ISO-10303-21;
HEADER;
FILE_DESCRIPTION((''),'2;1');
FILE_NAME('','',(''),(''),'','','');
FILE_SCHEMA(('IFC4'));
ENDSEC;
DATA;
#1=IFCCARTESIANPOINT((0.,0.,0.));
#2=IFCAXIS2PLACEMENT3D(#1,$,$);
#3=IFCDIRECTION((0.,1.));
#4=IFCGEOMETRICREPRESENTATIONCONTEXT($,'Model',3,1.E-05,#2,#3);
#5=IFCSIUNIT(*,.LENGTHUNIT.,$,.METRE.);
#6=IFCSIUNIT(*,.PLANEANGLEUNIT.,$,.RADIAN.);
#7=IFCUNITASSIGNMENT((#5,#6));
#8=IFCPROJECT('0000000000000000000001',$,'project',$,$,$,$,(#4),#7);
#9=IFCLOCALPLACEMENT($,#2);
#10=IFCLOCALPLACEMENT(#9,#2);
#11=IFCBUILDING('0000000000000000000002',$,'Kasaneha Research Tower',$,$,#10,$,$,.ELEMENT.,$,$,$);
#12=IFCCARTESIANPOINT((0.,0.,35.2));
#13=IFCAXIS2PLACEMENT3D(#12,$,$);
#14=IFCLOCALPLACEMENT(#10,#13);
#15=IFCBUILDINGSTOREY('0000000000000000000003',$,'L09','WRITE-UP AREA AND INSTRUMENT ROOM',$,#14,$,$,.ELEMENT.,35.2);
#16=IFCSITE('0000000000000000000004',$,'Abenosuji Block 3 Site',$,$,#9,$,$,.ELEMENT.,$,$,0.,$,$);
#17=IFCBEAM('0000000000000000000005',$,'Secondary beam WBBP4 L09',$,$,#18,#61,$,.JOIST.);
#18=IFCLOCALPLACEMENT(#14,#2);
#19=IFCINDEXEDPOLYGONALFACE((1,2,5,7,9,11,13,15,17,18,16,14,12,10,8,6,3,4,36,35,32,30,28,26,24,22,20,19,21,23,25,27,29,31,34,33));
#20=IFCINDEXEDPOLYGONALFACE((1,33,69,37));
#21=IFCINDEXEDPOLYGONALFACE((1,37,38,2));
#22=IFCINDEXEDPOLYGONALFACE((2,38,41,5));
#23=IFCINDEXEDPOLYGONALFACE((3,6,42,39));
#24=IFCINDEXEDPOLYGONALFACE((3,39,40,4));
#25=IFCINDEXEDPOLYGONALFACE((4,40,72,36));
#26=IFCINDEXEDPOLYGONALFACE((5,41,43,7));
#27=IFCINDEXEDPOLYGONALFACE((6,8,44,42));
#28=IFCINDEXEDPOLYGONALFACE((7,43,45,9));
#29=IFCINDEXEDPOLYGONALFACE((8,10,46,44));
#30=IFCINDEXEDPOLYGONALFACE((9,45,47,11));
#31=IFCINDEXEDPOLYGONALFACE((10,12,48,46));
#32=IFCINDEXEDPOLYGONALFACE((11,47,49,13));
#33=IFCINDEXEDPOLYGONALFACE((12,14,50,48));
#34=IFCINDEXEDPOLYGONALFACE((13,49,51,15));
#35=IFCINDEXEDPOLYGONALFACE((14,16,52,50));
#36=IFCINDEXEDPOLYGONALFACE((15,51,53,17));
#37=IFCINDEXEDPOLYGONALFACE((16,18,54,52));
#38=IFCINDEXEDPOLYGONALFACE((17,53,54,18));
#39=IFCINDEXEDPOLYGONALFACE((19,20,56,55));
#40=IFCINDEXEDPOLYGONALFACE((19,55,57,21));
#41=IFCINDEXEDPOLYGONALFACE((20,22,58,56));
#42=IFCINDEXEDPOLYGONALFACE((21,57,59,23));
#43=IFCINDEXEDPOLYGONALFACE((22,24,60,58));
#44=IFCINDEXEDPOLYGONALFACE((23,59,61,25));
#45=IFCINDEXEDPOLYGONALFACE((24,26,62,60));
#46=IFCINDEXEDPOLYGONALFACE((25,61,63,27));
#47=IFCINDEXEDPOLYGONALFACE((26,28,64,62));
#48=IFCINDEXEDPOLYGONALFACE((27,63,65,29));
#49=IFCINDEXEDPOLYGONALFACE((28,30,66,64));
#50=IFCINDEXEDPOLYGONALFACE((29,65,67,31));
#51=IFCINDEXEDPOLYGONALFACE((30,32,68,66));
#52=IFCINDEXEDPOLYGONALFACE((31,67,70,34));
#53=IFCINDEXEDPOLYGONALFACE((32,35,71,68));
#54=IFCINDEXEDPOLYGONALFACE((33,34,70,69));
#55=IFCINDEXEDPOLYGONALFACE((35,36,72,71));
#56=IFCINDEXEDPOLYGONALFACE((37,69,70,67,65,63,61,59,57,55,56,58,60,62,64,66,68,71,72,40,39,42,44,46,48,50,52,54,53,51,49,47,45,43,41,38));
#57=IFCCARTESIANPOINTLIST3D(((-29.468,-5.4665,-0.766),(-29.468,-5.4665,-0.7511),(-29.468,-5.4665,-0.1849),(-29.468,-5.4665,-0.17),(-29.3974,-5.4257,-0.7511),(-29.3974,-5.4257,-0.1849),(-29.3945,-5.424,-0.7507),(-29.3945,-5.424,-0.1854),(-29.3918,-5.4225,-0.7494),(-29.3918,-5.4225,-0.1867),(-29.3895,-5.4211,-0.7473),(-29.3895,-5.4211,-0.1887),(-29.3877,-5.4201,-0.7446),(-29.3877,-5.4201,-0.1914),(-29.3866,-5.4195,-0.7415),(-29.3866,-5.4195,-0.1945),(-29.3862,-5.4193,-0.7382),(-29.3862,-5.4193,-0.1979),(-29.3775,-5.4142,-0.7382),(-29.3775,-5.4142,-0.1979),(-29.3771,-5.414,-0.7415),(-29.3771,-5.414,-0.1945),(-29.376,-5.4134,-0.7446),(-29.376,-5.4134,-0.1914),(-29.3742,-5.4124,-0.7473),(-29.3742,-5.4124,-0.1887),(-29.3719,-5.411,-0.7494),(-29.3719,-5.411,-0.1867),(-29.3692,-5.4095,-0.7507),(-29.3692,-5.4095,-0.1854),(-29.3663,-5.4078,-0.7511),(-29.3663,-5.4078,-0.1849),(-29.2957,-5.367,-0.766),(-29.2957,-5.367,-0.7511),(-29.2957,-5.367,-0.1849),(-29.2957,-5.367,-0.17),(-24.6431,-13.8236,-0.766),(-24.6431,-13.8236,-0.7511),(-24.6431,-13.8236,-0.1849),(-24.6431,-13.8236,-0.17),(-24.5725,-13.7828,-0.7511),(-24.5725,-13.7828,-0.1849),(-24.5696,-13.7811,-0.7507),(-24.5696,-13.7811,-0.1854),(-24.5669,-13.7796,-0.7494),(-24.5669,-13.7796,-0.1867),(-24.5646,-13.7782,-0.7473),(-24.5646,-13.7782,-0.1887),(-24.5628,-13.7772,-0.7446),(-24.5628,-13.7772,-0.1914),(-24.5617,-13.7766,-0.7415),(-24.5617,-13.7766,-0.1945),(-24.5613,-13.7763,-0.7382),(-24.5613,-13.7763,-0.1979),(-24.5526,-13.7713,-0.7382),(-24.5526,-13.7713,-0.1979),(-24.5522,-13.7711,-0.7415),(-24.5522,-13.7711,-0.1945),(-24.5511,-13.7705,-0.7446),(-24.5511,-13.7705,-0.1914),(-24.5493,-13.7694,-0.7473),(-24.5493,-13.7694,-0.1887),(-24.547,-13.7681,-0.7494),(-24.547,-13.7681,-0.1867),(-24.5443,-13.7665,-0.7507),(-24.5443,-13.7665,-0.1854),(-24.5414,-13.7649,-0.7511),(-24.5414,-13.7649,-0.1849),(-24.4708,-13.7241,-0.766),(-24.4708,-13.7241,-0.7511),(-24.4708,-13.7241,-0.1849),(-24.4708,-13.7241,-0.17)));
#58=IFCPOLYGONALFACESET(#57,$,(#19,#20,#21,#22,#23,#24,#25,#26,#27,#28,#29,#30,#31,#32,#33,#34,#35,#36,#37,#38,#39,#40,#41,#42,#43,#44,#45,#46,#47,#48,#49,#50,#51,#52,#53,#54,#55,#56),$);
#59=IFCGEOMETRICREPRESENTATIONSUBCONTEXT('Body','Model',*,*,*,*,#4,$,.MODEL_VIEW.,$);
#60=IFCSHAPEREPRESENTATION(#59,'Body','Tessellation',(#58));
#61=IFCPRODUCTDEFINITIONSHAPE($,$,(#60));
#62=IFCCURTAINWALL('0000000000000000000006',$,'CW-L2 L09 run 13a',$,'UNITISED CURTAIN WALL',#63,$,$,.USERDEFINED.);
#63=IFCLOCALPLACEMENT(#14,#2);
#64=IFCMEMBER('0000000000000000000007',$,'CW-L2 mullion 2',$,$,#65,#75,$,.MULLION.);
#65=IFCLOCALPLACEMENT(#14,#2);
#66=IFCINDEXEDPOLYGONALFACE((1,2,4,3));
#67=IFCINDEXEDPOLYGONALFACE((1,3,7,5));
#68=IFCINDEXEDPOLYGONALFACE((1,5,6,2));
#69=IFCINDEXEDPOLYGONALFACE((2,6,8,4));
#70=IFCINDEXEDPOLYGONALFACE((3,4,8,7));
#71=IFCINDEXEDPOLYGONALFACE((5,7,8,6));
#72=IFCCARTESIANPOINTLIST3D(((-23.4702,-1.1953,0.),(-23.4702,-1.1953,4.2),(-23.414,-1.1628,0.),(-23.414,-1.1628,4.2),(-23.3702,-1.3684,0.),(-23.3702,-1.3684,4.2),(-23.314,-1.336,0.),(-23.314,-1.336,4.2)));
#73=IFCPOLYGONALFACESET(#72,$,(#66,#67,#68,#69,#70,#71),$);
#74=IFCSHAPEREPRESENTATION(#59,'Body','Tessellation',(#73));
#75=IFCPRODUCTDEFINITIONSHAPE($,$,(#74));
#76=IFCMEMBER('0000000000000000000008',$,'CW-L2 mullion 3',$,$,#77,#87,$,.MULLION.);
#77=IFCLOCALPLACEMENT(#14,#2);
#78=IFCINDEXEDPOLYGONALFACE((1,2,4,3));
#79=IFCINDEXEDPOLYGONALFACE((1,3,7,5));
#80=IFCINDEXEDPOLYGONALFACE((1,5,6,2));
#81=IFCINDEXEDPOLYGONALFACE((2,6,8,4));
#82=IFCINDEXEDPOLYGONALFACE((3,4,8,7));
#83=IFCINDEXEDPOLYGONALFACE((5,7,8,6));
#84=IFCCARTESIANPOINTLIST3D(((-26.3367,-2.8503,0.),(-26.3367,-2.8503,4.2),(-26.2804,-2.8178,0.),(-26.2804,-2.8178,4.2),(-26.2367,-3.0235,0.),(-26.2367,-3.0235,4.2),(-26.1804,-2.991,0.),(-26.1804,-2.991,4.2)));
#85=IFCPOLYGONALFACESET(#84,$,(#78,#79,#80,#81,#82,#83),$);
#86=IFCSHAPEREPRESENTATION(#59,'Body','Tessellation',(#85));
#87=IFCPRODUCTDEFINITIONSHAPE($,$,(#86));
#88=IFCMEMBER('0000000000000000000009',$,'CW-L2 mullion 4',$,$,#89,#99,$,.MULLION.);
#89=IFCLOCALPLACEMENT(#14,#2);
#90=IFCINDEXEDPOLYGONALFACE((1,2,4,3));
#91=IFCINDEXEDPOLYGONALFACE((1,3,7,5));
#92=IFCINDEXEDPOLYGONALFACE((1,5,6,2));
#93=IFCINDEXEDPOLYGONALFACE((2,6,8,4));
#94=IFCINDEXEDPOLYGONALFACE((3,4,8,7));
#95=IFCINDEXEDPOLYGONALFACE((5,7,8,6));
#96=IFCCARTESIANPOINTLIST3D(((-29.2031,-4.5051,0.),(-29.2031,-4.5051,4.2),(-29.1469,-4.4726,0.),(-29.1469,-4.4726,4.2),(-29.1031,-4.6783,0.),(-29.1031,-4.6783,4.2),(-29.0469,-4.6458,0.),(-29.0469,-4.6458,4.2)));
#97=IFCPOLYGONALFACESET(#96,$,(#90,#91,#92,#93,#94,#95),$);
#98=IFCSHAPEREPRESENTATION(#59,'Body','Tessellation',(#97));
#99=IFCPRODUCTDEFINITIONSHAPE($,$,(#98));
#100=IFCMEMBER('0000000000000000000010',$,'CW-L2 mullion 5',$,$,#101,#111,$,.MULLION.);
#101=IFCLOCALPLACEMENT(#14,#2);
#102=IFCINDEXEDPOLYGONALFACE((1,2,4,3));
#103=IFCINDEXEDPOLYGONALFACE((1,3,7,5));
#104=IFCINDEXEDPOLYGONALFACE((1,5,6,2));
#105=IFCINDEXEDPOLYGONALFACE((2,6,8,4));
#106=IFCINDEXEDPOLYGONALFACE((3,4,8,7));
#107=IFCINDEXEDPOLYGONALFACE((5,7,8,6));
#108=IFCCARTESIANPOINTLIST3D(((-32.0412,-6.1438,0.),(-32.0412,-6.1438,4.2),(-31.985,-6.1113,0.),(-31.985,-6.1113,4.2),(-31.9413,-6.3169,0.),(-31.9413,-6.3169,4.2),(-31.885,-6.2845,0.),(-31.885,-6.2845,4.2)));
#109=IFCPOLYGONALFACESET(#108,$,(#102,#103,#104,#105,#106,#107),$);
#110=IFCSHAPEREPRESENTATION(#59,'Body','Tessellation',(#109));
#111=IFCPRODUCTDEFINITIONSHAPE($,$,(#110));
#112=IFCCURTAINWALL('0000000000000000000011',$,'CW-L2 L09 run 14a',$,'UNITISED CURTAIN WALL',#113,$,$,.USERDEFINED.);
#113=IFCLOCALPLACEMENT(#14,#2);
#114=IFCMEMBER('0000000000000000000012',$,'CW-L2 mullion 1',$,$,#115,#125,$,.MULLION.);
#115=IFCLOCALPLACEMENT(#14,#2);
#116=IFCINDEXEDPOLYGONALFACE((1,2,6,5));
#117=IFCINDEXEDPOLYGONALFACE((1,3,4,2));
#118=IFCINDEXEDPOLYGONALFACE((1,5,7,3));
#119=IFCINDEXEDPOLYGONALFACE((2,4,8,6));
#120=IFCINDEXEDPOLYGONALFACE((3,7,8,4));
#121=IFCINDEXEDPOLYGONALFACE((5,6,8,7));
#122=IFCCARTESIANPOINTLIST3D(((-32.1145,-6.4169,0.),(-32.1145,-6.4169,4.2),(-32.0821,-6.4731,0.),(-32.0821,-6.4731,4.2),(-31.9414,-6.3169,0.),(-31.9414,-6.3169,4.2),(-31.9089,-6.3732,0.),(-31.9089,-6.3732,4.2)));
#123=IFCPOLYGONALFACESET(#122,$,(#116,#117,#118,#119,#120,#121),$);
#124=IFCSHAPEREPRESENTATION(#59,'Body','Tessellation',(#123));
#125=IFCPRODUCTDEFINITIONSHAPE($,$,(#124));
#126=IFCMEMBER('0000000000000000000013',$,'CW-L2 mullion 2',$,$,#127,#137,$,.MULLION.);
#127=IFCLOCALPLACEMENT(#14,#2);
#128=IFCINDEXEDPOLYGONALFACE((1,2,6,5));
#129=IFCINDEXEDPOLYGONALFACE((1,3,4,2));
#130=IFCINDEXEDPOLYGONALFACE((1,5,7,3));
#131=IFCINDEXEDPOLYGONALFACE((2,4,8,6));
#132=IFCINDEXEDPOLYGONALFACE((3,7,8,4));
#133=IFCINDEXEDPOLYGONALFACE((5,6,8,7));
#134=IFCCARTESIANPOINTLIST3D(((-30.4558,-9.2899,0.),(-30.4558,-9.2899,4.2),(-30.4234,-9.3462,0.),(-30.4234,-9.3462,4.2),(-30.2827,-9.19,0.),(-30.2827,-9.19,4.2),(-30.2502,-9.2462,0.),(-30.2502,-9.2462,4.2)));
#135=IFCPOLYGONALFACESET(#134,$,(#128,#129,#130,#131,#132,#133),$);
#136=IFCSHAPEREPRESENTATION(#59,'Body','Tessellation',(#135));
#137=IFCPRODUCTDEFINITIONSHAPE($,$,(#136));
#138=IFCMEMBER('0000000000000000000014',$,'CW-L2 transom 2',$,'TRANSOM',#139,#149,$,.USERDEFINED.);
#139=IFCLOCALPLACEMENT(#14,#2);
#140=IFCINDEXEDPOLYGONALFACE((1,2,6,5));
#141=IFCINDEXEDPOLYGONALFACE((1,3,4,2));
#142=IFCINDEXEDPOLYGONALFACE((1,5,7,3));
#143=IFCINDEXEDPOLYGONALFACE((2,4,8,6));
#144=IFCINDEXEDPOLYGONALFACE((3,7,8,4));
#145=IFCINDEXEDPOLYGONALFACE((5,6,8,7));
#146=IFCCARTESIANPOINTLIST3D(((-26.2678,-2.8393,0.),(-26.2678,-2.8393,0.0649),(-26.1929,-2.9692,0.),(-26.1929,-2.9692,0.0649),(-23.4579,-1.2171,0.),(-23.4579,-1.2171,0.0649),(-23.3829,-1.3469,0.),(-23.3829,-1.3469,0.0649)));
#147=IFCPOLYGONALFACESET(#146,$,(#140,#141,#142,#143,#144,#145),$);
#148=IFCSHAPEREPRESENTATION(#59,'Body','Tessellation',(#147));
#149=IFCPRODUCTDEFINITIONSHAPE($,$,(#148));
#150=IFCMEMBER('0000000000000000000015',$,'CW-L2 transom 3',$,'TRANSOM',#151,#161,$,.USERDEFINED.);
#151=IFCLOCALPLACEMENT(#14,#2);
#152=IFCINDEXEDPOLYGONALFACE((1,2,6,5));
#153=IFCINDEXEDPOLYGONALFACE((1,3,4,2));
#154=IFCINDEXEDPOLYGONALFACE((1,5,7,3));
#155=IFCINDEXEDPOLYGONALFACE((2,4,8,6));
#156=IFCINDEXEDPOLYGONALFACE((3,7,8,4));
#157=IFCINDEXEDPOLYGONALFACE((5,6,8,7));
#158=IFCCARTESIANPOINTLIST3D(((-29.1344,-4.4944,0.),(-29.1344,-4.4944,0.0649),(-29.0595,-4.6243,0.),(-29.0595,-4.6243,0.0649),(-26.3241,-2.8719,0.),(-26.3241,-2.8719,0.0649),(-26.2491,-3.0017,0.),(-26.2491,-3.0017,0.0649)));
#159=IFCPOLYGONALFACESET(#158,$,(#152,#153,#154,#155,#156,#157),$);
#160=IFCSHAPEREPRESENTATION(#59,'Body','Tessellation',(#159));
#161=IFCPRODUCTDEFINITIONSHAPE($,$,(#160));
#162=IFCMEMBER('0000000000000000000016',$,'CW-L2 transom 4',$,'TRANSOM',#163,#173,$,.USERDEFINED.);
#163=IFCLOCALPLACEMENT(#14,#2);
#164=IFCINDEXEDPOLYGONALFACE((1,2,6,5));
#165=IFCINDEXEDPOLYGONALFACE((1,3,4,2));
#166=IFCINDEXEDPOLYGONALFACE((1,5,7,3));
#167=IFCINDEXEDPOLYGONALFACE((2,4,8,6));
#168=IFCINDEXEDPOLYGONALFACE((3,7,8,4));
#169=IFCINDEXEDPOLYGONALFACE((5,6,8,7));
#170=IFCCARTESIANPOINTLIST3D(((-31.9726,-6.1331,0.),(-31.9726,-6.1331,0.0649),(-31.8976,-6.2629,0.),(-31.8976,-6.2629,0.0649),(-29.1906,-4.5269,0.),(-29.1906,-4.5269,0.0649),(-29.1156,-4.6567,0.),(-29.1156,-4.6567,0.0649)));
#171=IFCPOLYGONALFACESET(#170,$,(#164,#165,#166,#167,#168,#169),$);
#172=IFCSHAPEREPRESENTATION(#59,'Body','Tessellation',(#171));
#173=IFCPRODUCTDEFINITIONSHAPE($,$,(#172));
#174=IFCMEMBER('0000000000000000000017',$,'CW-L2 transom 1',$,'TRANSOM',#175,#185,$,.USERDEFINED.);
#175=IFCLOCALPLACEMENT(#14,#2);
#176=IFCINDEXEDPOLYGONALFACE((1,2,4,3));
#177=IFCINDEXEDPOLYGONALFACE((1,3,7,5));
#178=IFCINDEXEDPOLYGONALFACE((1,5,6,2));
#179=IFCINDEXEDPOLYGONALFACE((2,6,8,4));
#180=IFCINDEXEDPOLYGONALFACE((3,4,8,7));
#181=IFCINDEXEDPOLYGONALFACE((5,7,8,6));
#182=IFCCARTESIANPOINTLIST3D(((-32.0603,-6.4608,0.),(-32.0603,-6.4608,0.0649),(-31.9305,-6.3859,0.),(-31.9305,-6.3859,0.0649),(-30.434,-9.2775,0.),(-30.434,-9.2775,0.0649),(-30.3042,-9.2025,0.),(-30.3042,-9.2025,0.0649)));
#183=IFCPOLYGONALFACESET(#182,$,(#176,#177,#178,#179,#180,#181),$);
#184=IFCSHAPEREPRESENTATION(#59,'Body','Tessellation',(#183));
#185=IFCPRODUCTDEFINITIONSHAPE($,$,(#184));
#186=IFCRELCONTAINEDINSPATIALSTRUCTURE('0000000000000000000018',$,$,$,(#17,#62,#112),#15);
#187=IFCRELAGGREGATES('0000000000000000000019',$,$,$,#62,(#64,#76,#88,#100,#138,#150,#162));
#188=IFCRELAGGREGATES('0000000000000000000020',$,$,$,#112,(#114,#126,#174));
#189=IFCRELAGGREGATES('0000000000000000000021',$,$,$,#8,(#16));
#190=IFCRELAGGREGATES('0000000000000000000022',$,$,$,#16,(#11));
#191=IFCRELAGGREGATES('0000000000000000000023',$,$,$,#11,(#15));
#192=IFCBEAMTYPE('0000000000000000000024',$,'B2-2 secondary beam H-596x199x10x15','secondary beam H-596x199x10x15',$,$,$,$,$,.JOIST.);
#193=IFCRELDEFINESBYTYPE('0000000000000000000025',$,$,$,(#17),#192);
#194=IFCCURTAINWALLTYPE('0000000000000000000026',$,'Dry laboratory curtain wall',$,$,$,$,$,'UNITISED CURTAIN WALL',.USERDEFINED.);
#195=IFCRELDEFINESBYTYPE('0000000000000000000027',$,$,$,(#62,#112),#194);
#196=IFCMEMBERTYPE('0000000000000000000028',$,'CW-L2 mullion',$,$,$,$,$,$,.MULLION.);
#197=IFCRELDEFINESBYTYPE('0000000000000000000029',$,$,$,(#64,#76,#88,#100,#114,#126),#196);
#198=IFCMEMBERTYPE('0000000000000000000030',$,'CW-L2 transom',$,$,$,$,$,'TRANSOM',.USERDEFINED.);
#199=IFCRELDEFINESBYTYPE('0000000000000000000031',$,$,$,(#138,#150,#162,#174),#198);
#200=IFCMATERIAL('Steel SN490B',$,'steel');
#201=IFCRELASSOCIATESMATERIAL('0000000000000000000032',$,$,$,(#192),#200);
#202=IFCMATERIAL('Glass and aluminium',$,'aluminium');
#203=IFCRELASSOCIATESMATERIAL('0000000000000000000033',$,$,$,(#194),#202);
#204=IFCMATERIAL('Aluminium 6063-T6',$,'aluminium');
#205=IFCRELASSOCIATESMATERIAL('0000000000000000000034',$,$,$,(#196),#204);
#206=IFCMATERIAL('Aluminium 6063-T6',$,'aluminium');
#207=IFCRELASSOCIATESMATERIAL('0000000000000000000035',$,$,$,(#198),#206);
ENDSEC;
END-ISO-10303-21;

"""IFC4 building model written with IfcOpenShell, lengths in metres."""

from ifc_helpers import new_model, si_unit, direction, frame, origin, origin_2d, place, context, subcontext, project, spatial, rectangle, i_section, extrude, material, material_profile, profile_set, type_object, element, aggregate, save


model = new_model("IFC4")

# Units and contexts
model_context = context("Model", 3, precision=1e-05, world=origin(), true_north=direction((0.0, 1.0)))
body_context = subcontext(model_context, "Body", "Model", "MODEL_VIEW")
ifc_project = project(units=[si_unit("LENGTHUNIT", "METRE"), si_unit("PLANEANGLEUNIT", "RADIAN")], contexts=[model_context])

# Site, building, storey
site_placement = place(None, origin())
site = spatial("IfcSite", under=ifc_project, at=site_placement, Name="Abenosuji Block 3 Site", CompositionType="ELEMENT", RefElevation=0.0)
building_placement = place(site_placement, origin())
building = spatial("IfcBuilding", under=site, at=building_placement, Name="Kasaneha Research Tower", CompositionType="ELEMENT")
storey_placement = place(building_placement, frame((0.0, 0.0, 35.2)))
storey = spatial("IfcBuildingStorey", under=building, at=storey_placement, Name="L09", Description="WRITE-UP AREA AND INSTRUMENT ROOM", CompositionType="ELEMENT", Elevation=35.2)

# Beam
ifc_material_1 = material(Name="Steel SN490B", Category="steel")
ifc_material_profile_1 = material_profile(ifc_material_1, i_section(OverallWidth=0.199, OverallDepth=0.5959, WebThickness=0.01, FlangeThickness=0.0149, FilletRadius=0.0129, at=origin_2d()), Name="H-596x199x10x15")
ifc_profile_set_1 = profile_set([ifc_material_profile_1], Name="Steel SN490B")
beam_type_1 = type_object("IfcBeamType", Name="B2-2 secondary beam H-596x199x10x15", Description="secondary beam H-596x199x10x15", PredefinedType="JOIST", material=ifc_profile_set_1)
for number, where, z_axis, x_axis, name in (
    (1, (-29.3818, -5.4167, -0.468), (0.499995, -0.866028, 0.0), (0.866028, 0.499995, 0.0), "Secondary beam WBBP4 L09"),
):
    element("IfcBeam", number, at=place(storey_placement, frame(where, z_axis=z_axis, x_axis=x_axis)), inside=storey, type_object=beam_type_1, Name=name, PredefinedType="JOIST", context=body_context, shape_type="SweptSolid", body=[
        extrude(i_section(OverallWidth=0.199, OverallDepth=0.5959, WebThickness=0.01, FlangeThickness=0.0149, FilletRadius=0.0129, at=origin_2d()), origin(), (0.0, 0.0, 1.0), 9.6499),
    ])

# Curtain walls, members
ifc_material_2 = material(Name="Glass and aluminium", Category="aluminium")
curtain_wall_type = type_object("IfcCurtainWallType", Name="Dry laboratory curtain wall", ElementType="UNITISED CURTAIN WALL", PredefinedType="USERDEFINED", material=ifc_material_2)
curtain_wall_1_placement = place(storey_placement, origin())
curtain_wall_1 = element("IfcCurtainWall", 2, at=curtain_wall_1_placement, inside=storey, type_object=curtain_wall_type, Name="CW-L2 L09 run 13a", ObjectType="UNITISED CURTAIN WALL", PredefinedType="USERDEFINED")
ifc_material_3 = material(Name="Aluminium 6063-T6", Category="aluminium")
ifc_material_profile_2 = material_profile(ifc_material_3, rectangle(XDim=0.0649, YDim=0.2, at=origin_2d()), Name="CW-L2 mullion 65x200")
ifc_profile_set_2 = profile_set([ifc_material_profile_2], Name="Aluminium 6063-T6")
member_type_1 = type_object("IfcMemberType", Name="CW-L2 mullion", PredefinedType="MULLION", material=ifc_profile_set_2)
member_1_placement = place(storey_placement, frame((-23.3921, -1.2656, 0.0), z_axis=(0.0, 0.0, 1.0), x_axis=(-0.866025, -0.5, 0.0)))
member_1 = element("IfcMember", 3, at=member_1_placement, type_object=member_type_1, Name="CW-L2 mullion 2", PredefinedType="MULLION", context=body_context, shape_type="SweptSolid", body=[
    extrude(rectangle(XDim=0.0649, YDim=0.2, at=origin_2d()), origin(), (0.0, 0.0, 1.0), 4.2),
])
member_2_placement = place(storey_placement, frame((-26.2585, -2.9207, 0.0), z_axis=(0.0, 0.0, 1.0), x_axis=(-0.866025, -0.5, 0.0)))
member_2 = element("IfcMember", 4, at=member_2_placement, type_object=member_type_1, Name="CW-L2 mullion 3", PredefinedType="MULLION", context=body_context, shape_type="SweptSolid", body=[
    extrude(rectangle(XDim=0.0649, YDim=0.2, at=origin_2d()), origin(), (0.0, 0.0, 1.0), 4.2),
])
member_3_placement = place(storey_placement, frame((-29.125, -4.5754, 0.0), z_axis=(0.0, 0.0, 1.0), x_axis=(-0.866025, -0.5, 0.0)))
member_3 = element("IfcMember", 5, at=member_3_placement, type_object=member_type_1, Name="CW-L2 mullion 4", PredefinedType="MULLION", context=body_context, shape_type="SweptSolid", body=[
    extrude(rectangle(XDim=0.0649, YDim=0.2, at=origin_2d()), origin(), (0.0, 0.0, 1.0), 4.2),
])
member_4_placement = place(storey_placement, frame((-31.9631, -6.2141, 0.0), z_axis=(0.0, 0.0, 1.0), x_axis=(-0.866025, -0.5, 0.0)))
member_4 = element("IfcMember", 6, at=member_4_placement, type_object=member_type_1, Name="CW-L2 mullion 5", PredefinedType="MULLION", context=body_context, shape_type="SweptSolid", body=[
    extrude(rectangle(XDim=0.0649, YDim=0.2, at=origin_2d()), origin(), (0.0, 0.0, 1.0), 4.2),
])
curtain_wall_2_placement = place(storey_placement, origin())
curtain_wall_2 = element("IfcCurtainWall", 7, at=curtain_wall_2_placement, inside=storey, type_object=curtain_wall_type, Name="CW-L2 L09 run 14a", ObjectType="UNITISED CURTAIN WALL", PredefinedType="USERDEFINED")
member_5_placement = place(storey_placement, frame((-32.0117, -6.395, 0.0), z_axis=(0.0, 0.0, 1.0), x_axis=(0.5, -0.866025, 0.0)))
member_5 = element("IfcMember", 8, at=member_5_placement, type_object=member_type_1, Name="CW-L2 mullion 1", PredefinedType="MULLION", context=body_context, shape_type="SweptSolid", body=[
    extrude(rectangle(XDim=0.0649, YDim=0.2, at=origin_2d()), origin(), (0.0, 0.0, 1.0), 4.2),
])
member_6_placement = place(storey_placement, frame((-30.353, -9.2681, 0.0), z_axis=(0.0, 0.0, 1.0), x_axis=(0.5, -0.866025, 0.0)))
member_6 = element("IfcMember", 9, at=member_6_placement, type_object=member_type_1, Name="CW-L2 mullion 2", PredefinedType="MULLION", context=body_context, shape_type="SweptSolid", body=[
    extrude(rectangle(XDim=0.0649, YDim=0.2, at=origin_2d()), origin(), (0.0, 0.0, 1.0), 4.2),
])

# Members
ifc_material_4 = material(Name="Aluminium 6063-T6", Category="aluminium")
ifc_material_profile_3 = material_profile(ifc_material_4, rectangle(XDim=0.1499, YDim=0.0649, at=origin_2d()), Name="CW-L2 transom 150x65")
ifc_profile_set_3 = profile_set([ifc_material_profile_3], Name="Aluminium 6063-T6")
member_type_2 = type_object("IfcMemberType", Name="CW-L2 transom", ElementType="TRANSOM", PredefinedType="USERDEFINED", material=ifc_profile_set_3)
member_7_placement = place(storey_placement, frame((-23.4204, -1.282, 0.0325), z_axis=(-0.866035, -0.499983, 0.0), x_axis=(0.499983, -0.866035, 0.0)))
member_7 = element("IfcMember", 10, at=member_7_placement, type_object=member_type_2, Name="CW-L2 transom 2", ObjectType="TRANSOM", PredefinedType="USERDEFINED", context=body_context, shape_type="SweptSolid", body=[
    extrude(rectangle(XDim=0.1499, YDim=0.0649, at=origin_2d()), origin(), (0.0, 0.0, 1.0), 3.2446),
])
member_8_placement = place(storey_placement, frame((-26.2866, -2.9368, 0.0325), z_axis=(-0.866021, -0.500007, 0.0), x_axis=(0.500007, -0.866021, 0.0)))
member_8 = element("IfcMember", 11, at=member_8_placement, type_object=member_type_2, Name="CW-L2 transom 3", ObjectType="TRANSOM", PredefinedType="USERDEFINED", context=body_context, shape_type="SweptSolid", body=[
    extrude(rectangle(XDim=0.1499, YDim=0.0649, at=origin_2d()), origin(), (0.0, 0.0, 1.0), 3.2451),
])
member_9_placement = place(storey_placement, frame((-29.1531, -4.5918, 0.0325), z_axis=(-0.866022, -0.500005, 0.0), x_axis=(0.500005, -0.866022, 0.0)))
member_9 = element("IfcMember", 12, at=member_9_placement, type_object=member_type_2, Name="CW-L2 transom 4", ObjectType="TRANSOM", PredefinedType="USERDEFINED", context=body_context, shape_type="SweptSolid", body=[
    extrude(rectangle(XDim=0.1499, YDim=0.0649, at=origin_2d()), origin(), (0.0, 0.0, 1.0), 3.2124),
])
member_10_placement = place(storey_placement, frame((-31.9954, -6.4233, 0.0325), z_axis=(0.500006, -0.866022, 0.0), x_axis=(0.866022, 0.500006, 0.0)))
member_10 = element("IfcMember", 13, at=member_10_placement, type_object=member_type_2, Name="CW-L2 transom 1", ObjectType="TRANSOM", PredefinedType="USERDEFINED", context=body_context, shape_type="SweptSolid", body=[
    extrude(rectangle(XDim=0.1499, YDim=0.0649, at=origin_2d()), origin(), (0.0, 0.0, 1.0), 3.2524),
])

aggregate(curtain_wall_1, [member_1, member_2, member_3, member_4, member_7, member_8, member_9])
aggregate(curtain_wall_2, [member_5, member_6, member_10])

save(model, "model.ifc")
